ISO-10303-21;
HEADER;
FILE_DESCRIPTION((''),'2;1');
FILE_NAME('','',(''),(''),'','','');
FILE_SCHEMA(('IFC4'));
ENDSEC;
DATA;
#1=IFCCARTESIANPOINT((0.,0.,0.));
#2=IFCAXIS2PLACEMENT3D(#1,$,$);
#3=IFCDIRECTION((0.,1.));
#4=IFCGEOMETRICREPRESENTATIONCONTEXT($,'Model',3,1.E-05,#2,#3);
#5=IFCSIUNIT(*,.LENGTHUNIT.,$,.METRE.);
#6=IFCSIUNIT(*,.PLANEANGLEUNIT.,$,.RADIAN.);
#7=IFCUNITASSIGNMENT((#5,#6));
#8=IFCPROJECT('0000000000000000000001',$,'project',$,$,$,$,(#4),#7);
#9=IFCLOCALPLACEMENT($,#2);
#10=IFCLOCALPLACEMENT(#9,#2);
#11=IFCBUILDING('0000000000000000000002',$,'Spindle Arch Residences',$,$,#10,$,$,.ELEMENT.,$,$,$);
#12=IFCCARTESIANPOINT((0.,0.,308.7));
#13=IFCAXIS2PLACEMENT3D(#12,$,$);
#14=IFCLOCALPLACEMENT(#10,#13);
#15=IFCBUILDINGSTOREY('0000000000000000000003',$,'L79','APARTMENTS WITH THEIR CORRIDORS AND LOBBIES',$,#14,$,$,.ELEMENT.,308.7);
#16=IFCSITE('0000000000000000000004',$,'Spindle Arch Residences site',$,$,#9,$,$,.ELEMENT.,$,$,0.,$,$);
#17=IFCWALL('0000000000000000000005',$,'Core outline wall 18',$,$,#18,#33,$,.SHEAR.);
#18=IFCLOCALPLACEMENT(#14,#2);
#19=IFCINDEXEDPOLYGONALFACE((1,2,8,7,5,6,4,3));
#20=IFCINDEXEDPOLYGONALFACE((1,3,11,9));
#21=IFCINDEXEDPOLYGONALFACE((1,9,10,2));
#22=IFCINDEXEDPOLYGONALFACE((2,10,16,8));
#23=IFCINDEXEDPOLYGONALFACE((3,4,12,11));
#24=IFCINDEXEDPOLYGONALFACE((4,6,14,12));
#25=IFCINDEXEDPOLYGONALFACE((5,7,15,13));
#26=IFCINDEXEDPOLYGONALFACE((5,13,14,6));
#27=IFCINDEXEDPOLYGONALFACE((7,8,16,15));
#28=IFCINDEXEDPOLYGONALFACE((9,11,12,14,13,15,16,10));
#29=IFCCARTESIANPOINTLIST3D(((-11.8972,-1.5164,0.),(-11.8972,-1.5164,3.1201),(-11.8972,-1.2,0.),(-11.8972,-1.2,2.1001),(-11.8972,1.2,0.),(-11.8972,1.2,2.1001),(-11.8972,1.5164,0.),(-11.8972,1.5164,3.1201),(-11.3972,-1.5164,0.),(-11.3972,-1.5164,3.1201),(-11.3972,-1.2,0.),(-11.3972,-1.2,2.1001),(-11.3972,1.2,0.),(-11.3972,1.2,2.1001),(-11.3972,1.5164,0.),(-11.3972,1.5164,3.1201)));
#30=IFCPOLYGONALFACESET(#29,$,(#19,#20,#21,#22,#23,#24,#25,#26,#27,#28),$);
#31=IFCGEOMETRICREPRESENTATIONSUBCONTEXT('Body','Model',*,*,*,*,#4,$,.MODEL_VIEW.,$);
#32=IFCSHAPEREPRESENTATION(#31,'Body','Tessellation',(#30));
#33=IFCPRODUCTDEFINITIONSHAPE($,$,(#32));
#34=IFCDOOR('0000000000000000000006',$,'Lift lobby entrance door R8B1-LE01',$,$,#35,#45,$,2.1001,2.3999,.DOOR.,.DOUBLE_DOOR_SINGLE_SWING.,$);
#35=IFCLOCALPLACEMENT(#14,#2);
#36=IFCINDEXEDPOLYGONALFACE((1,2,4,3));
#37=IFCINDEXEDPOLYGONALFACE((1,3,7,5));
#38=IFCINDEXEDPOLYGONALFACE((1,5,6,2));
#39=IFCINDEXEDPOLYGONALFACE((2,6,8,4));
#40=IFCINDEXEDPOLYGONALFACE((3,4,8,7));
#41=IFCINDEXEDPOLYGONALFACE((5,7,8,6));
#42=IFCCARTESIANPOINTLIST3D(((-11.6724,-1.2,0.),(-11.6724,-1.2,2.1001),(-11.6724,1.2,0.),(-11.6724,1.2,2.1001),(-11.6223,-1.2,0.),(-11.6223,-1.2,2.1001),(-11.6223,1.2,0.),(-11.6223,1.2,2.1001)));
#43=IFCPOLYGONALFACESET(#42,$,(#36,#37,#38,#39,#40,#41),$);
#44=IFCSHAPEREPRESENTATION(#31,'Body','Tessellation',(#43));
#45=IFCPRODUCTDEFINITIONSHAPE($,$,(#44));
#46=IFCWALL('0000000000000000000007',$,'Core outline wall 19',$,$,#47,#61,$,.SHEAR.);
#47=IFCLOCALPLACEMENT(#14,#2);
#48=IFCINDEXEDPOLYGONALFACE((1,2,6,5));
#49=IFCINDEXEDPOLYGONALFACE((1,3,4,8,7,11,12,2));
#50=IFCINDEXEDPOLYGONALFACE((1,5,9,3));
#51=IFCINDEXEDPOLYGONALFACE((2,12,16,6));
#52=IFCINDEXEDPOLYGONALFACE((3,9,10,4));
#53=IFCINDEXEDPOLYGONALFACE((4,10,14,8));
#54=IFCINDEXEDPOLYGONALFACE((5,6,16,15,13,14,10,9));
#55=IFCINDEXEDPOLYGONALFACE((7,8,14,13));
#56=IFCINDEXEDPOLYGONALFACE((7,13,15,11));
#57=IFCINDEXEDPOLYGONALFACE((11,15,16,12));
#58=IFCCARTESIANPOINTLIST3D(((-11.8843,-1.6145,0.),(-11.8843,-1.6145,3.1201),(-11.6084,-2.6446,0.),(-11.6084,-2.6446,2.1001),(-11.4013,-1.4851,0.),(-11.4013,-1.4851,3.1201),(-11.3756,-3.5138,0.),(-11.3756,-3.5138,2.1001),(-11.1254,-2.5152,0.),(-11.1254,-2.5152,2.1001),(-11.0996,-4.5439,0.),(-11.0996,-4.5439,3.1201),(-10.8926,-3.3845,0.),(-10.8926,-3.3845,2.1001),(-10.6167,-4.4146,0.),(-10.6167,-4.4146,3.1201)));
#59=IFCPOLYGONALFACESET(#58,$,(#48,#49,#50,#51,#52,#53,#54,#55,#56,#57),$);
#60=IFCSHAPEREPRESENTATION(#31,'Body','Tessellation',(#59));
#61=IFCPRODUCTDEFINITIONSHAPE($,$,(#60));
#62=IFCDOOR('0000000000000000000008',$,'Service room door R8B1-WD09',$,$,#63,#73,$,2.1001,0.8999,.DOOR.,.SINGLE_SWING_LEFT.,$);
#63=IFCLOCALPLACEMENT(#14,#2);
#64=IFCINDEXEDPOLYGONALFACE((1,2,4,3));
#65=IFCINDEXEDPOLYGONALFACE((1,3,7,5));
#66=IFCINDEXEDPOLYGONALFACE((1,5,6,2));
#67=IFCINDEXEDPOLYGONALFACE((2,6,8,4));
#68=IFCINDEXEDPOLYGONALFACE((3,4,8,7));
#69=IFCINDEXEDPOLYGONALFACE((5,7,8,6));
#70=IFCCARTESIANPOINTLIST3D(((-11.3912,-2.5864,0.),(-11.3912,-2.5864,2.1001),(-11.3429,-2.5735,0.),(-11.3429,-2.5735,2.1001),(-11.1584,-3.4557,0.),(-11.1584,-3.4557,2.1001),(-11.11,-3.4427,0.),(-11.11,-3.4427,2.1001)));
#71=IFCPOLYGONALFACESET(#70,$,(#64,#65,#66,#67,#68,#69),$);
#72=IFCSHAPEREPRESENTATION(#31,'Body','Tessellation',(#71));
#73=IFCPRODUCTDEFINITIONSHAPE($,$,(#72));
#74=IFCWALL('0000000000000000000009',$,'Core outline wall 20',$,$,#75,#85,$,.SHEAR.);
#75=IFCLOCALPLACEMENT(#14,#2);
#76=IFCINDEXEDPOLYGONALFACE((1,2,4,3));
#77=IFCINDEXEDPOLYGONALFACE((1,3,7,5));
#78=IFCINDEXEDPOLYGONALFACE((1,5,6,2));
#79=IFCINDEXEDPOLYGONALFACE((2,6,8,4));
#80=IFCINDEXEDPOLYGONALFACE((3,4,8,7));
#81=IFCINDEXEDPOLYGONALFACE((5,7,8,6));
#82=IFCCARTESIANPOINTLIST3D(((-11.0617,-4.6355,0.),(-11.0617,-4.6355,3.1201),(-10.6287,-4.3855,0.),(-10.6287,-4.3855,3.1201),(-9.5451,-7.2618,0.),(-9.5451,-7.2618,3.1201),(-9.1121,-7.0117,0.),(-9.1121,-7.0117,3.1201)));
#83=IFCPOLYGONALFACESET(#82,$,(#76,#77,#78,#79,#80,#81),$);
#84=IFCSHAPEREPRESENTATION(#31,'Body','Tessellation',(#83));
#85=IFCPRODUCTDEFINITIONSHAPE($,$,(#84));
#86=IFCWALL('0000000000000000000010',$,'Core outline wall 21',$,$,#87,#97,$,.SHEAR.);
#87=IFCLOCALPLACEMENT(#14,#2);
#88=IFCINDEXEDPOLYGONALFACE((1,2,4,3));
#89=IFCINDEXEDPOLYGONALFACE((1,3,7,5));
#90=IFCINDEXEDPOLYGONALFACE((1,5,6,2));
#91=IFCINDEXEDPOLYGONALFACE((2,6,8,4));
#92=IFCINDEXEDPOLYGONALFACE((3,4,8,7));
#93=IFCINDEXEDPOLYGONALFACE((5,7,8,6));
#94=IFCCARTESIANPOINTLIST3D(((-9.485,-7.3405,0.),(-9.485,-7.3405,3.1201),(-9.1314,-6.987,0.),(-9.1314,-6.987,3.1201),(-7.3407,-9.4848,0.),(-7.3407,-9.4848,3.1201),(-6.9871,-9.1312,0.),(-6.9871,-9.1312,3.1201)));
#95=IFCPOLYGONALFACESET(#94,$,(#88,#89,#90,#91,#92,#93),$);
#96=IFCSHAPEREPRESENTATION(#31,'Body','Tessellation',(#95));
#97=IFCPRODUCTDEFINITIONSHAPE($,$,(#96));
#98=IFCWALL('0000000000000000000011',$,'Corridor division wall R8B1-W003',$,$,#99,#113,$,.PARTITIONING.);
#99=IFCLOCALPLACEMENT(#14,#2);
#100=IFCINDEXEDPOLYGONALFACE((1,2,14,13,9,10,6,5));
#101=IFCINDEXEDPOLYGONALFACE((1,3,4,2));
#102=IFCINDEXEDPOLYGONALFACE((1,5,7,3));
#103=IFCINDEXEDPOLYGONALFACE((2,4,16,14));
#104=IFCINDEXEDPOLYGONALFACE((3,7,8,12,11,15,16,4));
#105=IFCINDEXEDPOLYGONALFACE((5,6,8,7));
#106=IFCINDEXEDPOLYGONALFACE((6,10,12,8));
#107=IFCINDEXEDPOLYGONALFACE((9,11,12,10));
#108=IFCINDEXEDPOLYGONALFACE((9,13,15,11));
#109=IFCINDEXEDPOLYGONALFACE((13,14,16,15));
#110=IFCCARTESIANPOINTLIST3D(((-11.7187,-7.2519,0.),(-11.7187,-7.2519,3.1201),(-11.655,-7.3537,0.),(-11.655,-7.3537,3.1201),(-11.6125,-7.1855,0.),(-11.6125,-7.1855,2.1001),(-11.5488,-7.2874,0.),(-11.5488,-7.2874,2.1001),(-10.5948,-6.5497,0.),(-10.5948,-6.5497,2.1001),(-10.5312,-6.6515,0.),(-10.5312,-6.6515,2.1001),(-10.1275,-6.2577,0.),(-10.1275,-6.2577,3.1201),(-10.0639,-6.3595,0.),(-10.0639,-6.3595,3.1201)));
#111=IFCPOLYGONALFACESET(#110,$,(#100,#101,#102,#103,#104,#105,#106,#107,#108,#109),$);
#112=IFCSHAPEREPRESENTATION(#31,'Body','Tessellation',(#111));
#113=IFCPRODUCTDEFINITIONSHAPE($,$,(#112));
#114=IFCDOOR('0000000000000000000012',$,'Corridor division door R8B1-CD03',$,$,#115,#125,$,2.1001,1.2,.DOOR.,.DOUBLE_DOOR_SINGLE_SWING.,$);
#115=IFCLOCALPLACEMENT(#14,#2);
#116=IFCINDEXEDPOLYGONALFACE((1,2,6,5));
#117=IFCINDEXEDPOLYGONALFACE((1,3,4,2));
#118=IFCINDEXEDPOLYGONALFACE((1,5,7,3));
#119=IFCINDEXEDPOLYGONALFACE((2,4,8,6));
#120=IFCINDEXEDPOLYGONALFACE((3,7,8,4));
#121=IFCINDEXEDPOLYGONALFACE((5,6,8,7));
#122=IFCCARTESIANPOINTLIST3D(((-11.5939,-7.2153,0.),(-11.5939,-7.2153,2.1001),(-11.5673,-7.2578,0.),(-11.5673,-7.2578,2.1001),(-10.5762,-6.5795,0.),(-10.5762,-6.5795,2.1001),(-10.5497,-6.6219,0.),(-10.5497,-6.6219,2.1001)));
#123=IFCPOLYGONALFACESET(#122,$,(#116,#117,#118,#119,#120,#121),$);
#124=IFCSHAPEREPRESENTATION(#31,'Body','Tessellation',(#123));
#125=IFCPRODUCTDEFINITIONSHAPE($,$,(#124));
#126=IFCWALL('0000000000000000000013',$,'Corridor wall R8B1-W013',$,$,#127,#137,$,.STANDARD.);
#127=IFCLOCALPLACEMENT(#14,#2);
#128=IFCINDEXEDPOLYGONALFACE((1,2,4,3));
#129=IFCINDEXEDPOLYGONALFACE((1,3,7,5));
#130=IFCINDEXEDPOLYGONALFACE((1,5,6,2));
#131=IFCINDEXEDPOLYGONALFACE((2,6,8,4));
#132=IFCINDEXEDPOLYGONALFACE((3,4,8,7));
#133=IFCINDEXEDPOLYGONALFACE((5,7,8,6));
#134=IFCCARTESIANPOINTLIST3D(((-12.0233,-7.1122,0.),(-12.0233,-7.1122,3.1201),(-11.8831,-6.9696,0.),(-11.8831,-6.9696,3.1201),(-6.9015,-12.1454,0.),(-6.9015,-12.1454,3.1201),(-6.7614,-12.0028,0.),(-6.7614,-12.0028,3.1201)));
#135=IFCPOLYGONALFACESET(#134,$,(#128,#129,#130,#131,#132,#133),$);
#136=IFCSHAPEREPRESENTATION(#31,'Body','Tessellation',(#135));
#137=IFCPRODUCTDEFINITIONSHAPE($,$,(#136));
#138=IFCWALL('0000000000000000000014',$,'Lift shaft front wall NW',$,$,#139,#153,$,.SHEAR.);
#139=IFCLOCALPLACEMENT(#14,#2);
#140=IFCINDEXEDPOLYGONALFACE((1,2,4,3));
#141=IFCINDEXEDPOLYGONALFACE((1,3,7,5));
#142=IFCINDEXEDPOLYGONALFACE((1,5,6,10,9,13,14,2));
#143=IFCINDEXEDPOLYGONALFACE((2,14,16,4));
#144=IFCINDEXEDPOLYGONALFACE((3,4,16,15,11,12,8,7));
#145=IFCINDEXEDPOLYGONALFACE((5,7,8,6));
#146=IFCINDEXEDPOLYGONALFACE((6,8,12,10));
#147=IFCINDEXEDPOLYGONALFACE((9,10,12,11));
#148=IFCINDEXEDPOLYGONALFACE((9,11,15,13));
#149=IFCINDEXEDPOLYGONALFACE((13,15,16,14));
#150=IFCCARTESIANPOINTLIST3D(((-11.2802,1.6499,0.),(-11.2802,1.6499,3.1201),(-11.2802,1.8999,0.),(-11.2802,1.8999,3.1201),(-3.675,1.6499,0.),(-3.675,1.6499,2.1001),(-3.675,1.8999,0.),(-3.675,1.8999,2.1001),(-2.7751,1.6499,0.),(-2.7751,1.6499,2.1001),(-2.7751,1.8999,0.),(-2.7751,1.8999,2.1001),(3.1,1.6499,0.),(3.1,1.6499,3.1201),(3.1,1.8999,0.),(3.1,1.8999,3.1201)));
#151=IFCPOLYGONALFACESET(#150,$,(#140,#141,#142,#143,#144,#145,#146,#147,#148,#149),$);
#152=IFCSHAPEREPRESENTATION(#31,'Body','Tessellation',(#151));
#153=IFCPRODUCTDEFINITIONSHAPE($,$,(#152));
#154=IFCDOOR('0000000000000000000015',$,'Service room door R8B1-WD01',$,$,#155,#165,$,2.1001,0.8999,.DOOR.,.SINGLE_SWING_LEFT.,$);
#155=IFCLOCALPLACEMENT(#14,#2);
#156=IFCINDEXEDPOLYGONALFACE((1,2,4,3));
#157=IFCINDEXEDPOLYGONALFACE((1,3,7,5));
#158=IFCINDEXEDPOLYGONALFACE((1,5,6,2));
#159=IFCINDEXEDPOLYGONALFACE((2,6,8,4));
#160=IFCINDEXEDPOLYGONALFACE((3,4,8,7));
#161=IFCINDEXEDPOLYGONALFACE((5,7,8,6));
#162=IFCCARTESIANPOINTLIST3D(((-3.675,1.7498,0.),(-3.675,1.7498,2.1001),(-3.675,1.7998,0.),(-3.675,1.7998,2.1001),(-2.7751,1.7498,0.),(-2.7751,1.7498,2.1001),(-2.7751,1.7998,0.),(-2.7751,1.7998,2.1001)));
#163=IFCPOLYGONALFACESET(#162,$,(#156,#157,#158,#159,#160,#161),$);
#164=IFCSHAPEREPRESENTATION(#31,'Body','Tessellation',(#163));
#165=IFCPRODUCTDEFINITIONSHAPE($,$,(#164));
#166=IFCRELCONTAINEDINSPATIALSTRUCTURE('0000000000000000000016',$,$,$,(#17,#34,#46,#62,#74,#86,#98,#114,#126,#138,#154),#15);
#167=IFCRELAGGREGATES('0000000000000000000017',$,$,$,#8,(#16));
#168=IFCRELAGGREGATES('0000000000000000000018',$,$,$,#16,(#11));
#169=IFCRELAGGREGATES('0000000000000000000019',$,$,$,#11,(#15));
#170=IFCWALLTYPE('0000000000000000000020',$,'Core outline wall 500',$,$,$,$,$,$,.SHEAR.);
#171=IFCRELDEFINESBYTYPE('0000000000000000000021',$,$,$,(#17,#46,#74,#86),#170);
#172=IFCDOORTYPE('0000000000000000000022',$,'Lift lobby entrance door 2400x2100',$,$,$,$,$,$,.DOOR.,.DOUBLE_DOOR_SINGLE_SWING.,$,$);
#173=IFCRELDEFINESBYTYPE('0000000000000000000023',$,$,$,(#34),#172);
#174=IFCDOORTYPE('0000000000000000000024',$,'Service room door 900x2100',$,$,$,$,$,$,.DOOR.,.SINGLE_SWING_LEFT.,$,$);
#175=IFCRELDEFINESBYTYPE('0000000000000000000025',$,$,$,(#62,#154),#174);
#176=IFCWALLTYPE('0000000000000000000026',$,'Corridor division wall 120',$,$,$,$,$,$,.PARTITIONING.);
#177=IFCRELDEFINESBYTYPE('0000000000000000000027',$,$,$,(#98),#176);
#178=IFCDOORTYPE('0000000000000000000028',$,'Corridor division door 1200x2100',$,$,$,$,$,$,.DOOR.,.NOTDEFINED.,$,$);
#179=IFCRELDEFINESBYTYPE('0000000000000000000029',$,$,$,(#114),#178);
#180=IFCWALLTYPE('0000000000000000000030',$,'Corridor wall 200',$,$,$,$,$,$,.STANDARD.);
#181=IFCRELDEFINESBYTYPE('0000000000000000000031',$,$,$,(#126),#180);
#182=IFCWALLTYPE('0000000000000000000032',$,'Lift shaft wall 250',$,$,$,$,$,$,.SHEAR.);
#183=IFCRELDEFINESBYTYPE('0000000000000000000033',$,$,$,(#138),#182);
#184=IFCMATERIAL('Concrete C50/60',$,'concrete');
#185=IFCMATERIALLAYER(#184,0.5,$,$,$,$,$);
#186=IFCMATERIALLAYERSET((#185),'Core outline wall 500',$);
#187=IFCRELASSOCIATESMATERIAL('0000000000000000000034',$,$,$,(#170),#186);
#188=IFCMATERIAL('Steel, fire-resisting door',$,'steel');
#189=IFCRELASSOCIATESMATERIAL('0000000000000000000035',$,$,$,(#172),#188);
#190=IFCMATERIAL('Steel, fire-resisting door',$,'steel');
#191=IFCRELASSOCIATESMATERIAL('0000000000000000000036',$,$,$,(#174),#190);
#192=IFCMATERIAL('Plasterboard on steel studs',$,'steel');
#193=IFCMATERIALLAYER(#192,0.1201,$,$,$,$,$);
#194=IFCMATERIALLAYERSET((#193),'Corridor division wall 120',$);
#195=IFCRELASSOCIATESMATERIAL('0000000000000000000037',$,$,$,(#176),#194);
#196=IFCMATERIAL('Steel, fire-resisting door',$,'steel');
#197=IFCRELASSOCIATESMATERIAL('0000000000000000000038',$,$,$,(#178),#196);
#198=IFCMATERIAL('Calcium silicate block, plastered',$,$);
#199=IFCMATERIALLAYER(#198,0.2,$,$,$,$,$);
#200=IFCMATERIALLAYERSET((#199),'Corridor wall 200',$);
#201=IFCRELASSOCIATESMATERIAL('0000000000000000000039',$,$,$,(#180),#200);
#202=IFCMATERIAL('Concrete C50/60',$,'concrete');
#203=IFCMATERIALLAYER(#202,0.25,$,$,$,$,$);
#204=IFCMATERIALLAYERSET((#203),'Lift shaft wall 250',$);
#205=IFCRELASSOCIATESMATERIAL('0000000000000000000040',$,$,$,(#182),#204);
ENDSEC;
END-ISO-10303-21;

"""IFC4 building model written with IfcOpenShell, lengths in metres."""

from ifc_helpers import new_model, si_unit, direction, frame, frame_2d, origin, place, context, subcontext, project, spatial, rectangle, extrude, material, layer, layer_set, type_object, element, fill, save


model = new_model("IFC4")

# Units and contexts
model_context = context("Model", 3, precision=1e-05, world=origin(), true_north=direction((0.0, 1.0)))
body_context = subcontext(model_context, "Body", "Model", "MODEL_VIEW")
ifc_project = project(units=[si_unit("LENGTHUNIT", "METRE"), si_unit("PLANEANGLEUNIT", "RADIAN")], contexts=[model_context])

# Site, building, storey
site_placement = place(None, origin())
site = spatial("IfcSite", under=ifc_project, at=site_placement, Name="Spindle Arch Residences site", CompositionType="ELEMENT", RefElevation=0.0)
building_placement = place(site_placement, origin())
building = spatial("IfcBuilding", under=site, at=building_placement, Name="Spindle Arch Residences", CompositionType="ELEMENT")
storey_placement = place(building_placement, frame((0.0, 0.0, 308.7)))
storey = spatial("IfcBuildingStorey", under=building, at=storey_placement, Name="L79", Description="APARTMENTS WITH THEIR CORRIDORS AND LOBBIES", CompositionType="ELEMENT", Elevation=308.7)

# Walls, openings, doors
ifc_material_1 = material(Name="Concrete C50/60", Category="concrete")
ifc_layer_1 = layer(ifc_material_1, 0.5)
ifc_layer_set_1 = layer_set([ifc_layer_1], Name="Core outline wall 500")
wall_type_1 = type_object("IfcWallType", Name="Core outline wall 500", PredefinedType="SHEAR", material=ifc_layer_set_1)
wall_1_placement = place(storey_placement, frame((-11.6472, 1.5164, 0.0), z_axis=(0.0, 0.0, 1.0), x_axis=(0.0, -1.0, 0.0)))
wall_1 = element("IfcWall", 1, at=wall_1_placement, inside=storey, type_object=wall_type_1, Name="Core outline wall 18", PredefinedType="SHEAR", context=body_context, shape_type="SweptSolid", body=[
    extrude(rectangle(XDim=3.0327, YDim=0.5, at=frame_2d((1.5164, 0.0))), origin(), (0.0, 0.0, 1.0), 3.1201),
])
opening_1_placement = place(wall_1_placement, frame((0.3164, 0.0, 0.0)))
opening_1 = element("IfcOpeningElement", 2, at=opening_1_placement, cuts=wall_1, PredefinedType="OPENING", context=body_context, shape_type="SweptSolid", body=[
    extrude(rectangle(XDim=2.3999, YDim=2.1001, at=frame_2d((1.2, 1.05))), frame((0.0, 0.26, 0.0), z_axis=(0.0, -1.0, 0.0), x_axis=(1.0, 0.0, 0.0)), (0.0, 0.0, 1.0), 0.52),
])
ifc_material_2 = material(Name="Steel, fire-resisting door", Category="steel")
door_type_1 = type_object("IfcDoorType", Name="Lift lobby entrance door 2400x2100", OperationType="DOUBLE_DOOR_SINGLE_SWING", PredefinedType="DOOR", material=ifc_material_2)
door_1_placement = place(opening_1_placement, origin())
door_1 = element("IfcDoor", 3, at=door_1_placement, inside=storey, type_object=door_type_1, Name="Lift lobby entrance door R8B1-LE01", OperationType="DOUBLE_DOOR_SINGLE_SWING", OverallHeight=2.1001, OverallWidth=2.3999, PredefinedType="DOOR", context=body_context, shape_type="SweptSolid", body=[
    extrude(rectangle(XDim=2.3999, YDim=2.1001, at=frame_2d((1.2, 1.05))), frame((0.0, 0.0249, 0.0), z_axis=(0.0, -1.0, 0.0), x_axis=(1.0, 0.0, 0.0)), (0.0, 0.0, 1.0), 0.05),
])
fill(opening_1, door_1)
wall_2_placement = place(storey_placement, frame((-11.6428, -1.5498, 0.0), z_axis=(0.0, 0.0, 1.0), x_axis=(0.258735, -0.965948, 0.0)))
wall_2 = element("IfcWall", 4, at=wall_2_placement, inside=storey, type_object=wall_type_1, Name="Core outline wall 19", PredefinedType="SHEAR", context=body_context, shape_type="SweptSolid", body=[
    extrude(rectangle(XDim=3.0327, YDim=0.5, at=frame_2d((1.5164, 0.0))), origin(), (0.0, 0.0, 1.0), 3.1201),
])
opening_2_placement = place(wall_2_placement, frame((1.0664, 0.0, 0.0)))
opening_2 = element("IfcOpeningElement", 5, at=opening_2_placement, cuts=wall_2, PredefinedType="OPENING", context=body_context, shape_type="SweptSolid", body=[
    extrude(rectangle(XDim=0.8999, YDim=2.1001, at=frame_2d((0.45, 1.05))), frame((0.0, 0.26, 0.0), z_axis=(0.0, -1.0, 0.0), x_axis=(1.0, 0.0, 0.0)), (0.0, 0.0, 1.0), 0.52),
])
ifc_material_3 = material(Name="Steel, fire-resisting door", Category="steel")
door_type_2 = type_object("IfcDoorType", Name="Service room door 900x2100", OperationType="SINGLE_SWING_LEFT", PredefinedType="DOOR", material=ifc_material_3)
door_2_placement = place(opening_2_placement, origin())
door_2 = element("IfcDoor", 6, at=door_2_placement, inside=storey, type_object=door_type_2, Name="Service room door R8B1-WD09", OperationType="SINGLE_SWING_LEFT", OverallHeight=2.1001, OverallWidth=0.8999, PredefinedType="DOOR", context=body_context, shape_type="SweptSolid", body=[
    extrude(rectangle(XDim=0.8999, YDim=2.1001, at=frame_2d((0.45, 1.05))), frame((0.0, 0.0249, 0.0), z_axis=(0.0, -1.0, 0.0), x_axis=(1.0, 0.0, 0.0)), (0.0, 0.0, 1.0), 0.05),
])
fill(opening_2, door_2)

# Walls
wall_3_placement = place(storey_placement, frame((-10.8452, -4.5105, 0.0), z_axis=(0.0, 0.0, 1.0), x_axis=(0.500087, -0.865975, 0.0)))
element("IfcWall", 7, at=wall_3_placement, inside=storey, type_object=wall_type_1, Name="Core outline wall 20", PredefinedType="SHEAR", context=body_context, shape_type="SweptSolid", body=[
    extrude(rectangle(XDim=3.0327, YDim=0.5, at=frame_2d((1.5164, 0.0))), origin(), (0.0, 0.0, 1.0), 3.1201),
])
wall_4_placement = place(storey_placement, frame((-9.3081, -7.1638, 0.0), z_axis=(0.0, 0.0, 1.0), x_axis=(0.707107, -0.707107, 0.0)))
element("IfcWall", 8, at=wall_4_placement, inside=storey, type_object=wall_type_1, Name="Core outline wall 21", PredefinedType="SHEAR", context=body_context, shape_type="SweptSolid", body=[
    extrude(rectangle(XDim=3.0325, YDim=0.5, at=frame_2d((1.5161, 0.0))), origin(), (0.0, 0.0, 1.0), 3.1201),
])

# Wall, opening, door
ifc_material_4 = material(Name="Plasterboard on steel studs", Category="steel")
ifc_layer_2 = layer(ifc_material_4, 0.1201)
ifc_layer_set_2 = layer_set([ifc_layer_2], Name="Corridor division wall 120")
wall_type_2 = type_object("IfcWallType", Name="Corridor division wall 120", PredefinedType="PARTITIONING", material=ifc_layer_set_2)
wall_5_placement = place(storey_placement, frame((-11.6868, -7.3027, 0.0), z_axis=(0.0, 0.0, 1.0), x_axis=(0.848064, 0.529894, 0.0)))
wall_5 = element("IfcWall", 9, at=wall_5_placement, inside=storey, type_object=wall_type_2, Name="Corridor division wall R8B1-W003", PredefinedType="PARTITIONING", context=body_context, shape_type="SweptSolid", body=[
    extrude(rectangle(XDim=1.8762, YDim=0.1201, at=frame_2d((0.938, 0.0))), origin(), (0.0, 0.0, 1.0), 3.1201),
])
opening_3_placement = place(wall_5_placement, frame((0.125, 0.0, 0.0)))
opening_3 = element("IfcOpeningElement", 10, at=opening_3_placement, cuts=wall_5, PredefinedType="OPENING", context=body_context, shape_type="SweptSolid", body=[
    extrude(rectangle(XDim=1.2, YDim=2.1001, at=frame_2d((0.6001, 1.05))), frame((0.0, 0.0701, 0.0), z_axis=(0.0, -1.0, 0.0), x_axis=(1.0, 0.0, 0.0)), (0.0, 0.0, 1.0), 0.1401),
])
ifc_material_5 = material(Name="Steel, fire-resisting door", Category="steel")
door_type_3 = type_object("IfcDoorType", Name="Corridor division door 1200x2100", OperationType="NOTDEFINED", PredefinedType="DOOR", material=ifc_material_5)
door_3_placement = place(opening_3_placement, origin())
door_3 = element("IfcDoor", 11, at=door_3_placement, inside=storey, type_object=door_type_3, Name="Corridor division door R8B1-CD03", OperationType="DOUBLE_DOOR_SINGLE_SWING", OverallHeight=2.1001, OverallWidth=1.2, PredefinedType="DOOR", context=body_context, shape_type="SweptSolid", body=[
    extrude(rectangle(XDim=1.2, YDim=2.1001, at=frame_2d((0.6001, 1.05))), frame((0.0, 0.0249, 0.0), z_axis=(0.0, -1.0, 0.0), x_axis=(1.0, 0.0, 0.0)), (0.0, 0.0, 1.0), 0.05),
])
fill(opening_3, door_3)

# Wall
ifc_material_6 = material(Name="Calcium silicate block, plastered")
ifc_layer_3 = layer(ifc_material_6, 0.2)
ifc_layer_set_3 = layer_set([ifc_layer_3], Name="Corridor wall 200")
wall_type_3 = type_object("IfcWallType", Name="Corridor wall 200", PredefinedType="STANDARD", material=ifc_layer_set_3)
wall_6_placement = place(storey_placement, frame((-11.9531, -7.041, 0.0), z_axis=(0.0, 0.0, 1.0), x_axis=(0.713251, -0.700909, 0.0)))
element("IfcWall", 12, at=wall_6_placement, inside=storey, type_object=wall_type_3, Name="Corridor wall R8B1-W013", PredefinedType="STANDARD", context=body_context, shape_type="SweptSolid", body=[
    extrude(rectangle(XDim=7.1809, YDim=0.2, at=frame_2d((3.5903, 0.0))), origin(), (0.0, 0.0, 1.0), 3.1201),
])

# Wall, opening, door
ifc_material_7 = material(Name="Concrete C50/60", Category="concrete")
ifc_layer_4 = layer(ifc_material_7, 0.25)
ifc_layer_set_4 = layer_set([ifc_layer_4], Name="Lift shaft wall 250")
wall_type_4 = type_object("IfcWallType", Name="Lift shaft wall 250", PredefinedType="SHEAR", material=ifc_layer_set_4)
wall_7_placement = place(storey_placement, frame((-11.28, 1.7749, 0.0), z_axis=(0.0, 0.0, 1.0), x_axis=(1.0, 0.0, 0.0)))
wall_7 = element("IfcWall", 13, at=wall_7_placement, inside=storey, type_object=wall_type_4, Name="Lift shaft front wall NW", PredefinedType="SHEAR", context=body_context, shape_type="SweptSolid", body=[
    extrude(rectangle(XDim=14.3801, YDim=0.25, at=frame_2d((7.1899, 0.0))), origin(), (0.0, 0.0, 1.0), 3.1201),
])
opening_4_placement = place(wall_7_placement, frame((7.605, 0.0, 0.0)))
opening_4 = element("IfcOpeningElement", 14, at=opening_4_placement, cuts=wall_7, PredefinedType="OPENING", context=body_context, shape_type="SweptSolid", body=[
    extrude(rectangle(XDim=0.8999, YDim=2.1001, at=frame_2d((0.45, 1.05))), frame((0.0, 0.135, 0.0), z_axis=(0.0, -1.0, 0.0), x_axis=(1.0, 0.0, 0.0)), (0.0, 0.0, 1.0), 0.27),
])
door_4_placement = place(opening_4_placement, origin())
door_4 = element("IfcDoor", 15, at=door_4_placement, inside=storey, type_object=door_type_2, Name="Service room door R8B1-WD01", OperationType="SINGLE_SWING_LEFT", OverallHeight=2.1001, OverallWidth=0.8999, PredefinedType="DOOR", context=body_context, shape_type="SweptSolid", body=[
    extrude(rectangle(XDim=0.8999, YDim=2.1001, at=frame_2d((0.45, 1.05))), frame((0.0, 0.0249, 0.0), z_axis=(0.0, -1.0, 0.0), x_axis=(1.0, 0.0, 0.0)), (0.0, 0.0, 1.0), 0.05),
])
fill(opening_4, door_4)

save(model, "model.ifc")
